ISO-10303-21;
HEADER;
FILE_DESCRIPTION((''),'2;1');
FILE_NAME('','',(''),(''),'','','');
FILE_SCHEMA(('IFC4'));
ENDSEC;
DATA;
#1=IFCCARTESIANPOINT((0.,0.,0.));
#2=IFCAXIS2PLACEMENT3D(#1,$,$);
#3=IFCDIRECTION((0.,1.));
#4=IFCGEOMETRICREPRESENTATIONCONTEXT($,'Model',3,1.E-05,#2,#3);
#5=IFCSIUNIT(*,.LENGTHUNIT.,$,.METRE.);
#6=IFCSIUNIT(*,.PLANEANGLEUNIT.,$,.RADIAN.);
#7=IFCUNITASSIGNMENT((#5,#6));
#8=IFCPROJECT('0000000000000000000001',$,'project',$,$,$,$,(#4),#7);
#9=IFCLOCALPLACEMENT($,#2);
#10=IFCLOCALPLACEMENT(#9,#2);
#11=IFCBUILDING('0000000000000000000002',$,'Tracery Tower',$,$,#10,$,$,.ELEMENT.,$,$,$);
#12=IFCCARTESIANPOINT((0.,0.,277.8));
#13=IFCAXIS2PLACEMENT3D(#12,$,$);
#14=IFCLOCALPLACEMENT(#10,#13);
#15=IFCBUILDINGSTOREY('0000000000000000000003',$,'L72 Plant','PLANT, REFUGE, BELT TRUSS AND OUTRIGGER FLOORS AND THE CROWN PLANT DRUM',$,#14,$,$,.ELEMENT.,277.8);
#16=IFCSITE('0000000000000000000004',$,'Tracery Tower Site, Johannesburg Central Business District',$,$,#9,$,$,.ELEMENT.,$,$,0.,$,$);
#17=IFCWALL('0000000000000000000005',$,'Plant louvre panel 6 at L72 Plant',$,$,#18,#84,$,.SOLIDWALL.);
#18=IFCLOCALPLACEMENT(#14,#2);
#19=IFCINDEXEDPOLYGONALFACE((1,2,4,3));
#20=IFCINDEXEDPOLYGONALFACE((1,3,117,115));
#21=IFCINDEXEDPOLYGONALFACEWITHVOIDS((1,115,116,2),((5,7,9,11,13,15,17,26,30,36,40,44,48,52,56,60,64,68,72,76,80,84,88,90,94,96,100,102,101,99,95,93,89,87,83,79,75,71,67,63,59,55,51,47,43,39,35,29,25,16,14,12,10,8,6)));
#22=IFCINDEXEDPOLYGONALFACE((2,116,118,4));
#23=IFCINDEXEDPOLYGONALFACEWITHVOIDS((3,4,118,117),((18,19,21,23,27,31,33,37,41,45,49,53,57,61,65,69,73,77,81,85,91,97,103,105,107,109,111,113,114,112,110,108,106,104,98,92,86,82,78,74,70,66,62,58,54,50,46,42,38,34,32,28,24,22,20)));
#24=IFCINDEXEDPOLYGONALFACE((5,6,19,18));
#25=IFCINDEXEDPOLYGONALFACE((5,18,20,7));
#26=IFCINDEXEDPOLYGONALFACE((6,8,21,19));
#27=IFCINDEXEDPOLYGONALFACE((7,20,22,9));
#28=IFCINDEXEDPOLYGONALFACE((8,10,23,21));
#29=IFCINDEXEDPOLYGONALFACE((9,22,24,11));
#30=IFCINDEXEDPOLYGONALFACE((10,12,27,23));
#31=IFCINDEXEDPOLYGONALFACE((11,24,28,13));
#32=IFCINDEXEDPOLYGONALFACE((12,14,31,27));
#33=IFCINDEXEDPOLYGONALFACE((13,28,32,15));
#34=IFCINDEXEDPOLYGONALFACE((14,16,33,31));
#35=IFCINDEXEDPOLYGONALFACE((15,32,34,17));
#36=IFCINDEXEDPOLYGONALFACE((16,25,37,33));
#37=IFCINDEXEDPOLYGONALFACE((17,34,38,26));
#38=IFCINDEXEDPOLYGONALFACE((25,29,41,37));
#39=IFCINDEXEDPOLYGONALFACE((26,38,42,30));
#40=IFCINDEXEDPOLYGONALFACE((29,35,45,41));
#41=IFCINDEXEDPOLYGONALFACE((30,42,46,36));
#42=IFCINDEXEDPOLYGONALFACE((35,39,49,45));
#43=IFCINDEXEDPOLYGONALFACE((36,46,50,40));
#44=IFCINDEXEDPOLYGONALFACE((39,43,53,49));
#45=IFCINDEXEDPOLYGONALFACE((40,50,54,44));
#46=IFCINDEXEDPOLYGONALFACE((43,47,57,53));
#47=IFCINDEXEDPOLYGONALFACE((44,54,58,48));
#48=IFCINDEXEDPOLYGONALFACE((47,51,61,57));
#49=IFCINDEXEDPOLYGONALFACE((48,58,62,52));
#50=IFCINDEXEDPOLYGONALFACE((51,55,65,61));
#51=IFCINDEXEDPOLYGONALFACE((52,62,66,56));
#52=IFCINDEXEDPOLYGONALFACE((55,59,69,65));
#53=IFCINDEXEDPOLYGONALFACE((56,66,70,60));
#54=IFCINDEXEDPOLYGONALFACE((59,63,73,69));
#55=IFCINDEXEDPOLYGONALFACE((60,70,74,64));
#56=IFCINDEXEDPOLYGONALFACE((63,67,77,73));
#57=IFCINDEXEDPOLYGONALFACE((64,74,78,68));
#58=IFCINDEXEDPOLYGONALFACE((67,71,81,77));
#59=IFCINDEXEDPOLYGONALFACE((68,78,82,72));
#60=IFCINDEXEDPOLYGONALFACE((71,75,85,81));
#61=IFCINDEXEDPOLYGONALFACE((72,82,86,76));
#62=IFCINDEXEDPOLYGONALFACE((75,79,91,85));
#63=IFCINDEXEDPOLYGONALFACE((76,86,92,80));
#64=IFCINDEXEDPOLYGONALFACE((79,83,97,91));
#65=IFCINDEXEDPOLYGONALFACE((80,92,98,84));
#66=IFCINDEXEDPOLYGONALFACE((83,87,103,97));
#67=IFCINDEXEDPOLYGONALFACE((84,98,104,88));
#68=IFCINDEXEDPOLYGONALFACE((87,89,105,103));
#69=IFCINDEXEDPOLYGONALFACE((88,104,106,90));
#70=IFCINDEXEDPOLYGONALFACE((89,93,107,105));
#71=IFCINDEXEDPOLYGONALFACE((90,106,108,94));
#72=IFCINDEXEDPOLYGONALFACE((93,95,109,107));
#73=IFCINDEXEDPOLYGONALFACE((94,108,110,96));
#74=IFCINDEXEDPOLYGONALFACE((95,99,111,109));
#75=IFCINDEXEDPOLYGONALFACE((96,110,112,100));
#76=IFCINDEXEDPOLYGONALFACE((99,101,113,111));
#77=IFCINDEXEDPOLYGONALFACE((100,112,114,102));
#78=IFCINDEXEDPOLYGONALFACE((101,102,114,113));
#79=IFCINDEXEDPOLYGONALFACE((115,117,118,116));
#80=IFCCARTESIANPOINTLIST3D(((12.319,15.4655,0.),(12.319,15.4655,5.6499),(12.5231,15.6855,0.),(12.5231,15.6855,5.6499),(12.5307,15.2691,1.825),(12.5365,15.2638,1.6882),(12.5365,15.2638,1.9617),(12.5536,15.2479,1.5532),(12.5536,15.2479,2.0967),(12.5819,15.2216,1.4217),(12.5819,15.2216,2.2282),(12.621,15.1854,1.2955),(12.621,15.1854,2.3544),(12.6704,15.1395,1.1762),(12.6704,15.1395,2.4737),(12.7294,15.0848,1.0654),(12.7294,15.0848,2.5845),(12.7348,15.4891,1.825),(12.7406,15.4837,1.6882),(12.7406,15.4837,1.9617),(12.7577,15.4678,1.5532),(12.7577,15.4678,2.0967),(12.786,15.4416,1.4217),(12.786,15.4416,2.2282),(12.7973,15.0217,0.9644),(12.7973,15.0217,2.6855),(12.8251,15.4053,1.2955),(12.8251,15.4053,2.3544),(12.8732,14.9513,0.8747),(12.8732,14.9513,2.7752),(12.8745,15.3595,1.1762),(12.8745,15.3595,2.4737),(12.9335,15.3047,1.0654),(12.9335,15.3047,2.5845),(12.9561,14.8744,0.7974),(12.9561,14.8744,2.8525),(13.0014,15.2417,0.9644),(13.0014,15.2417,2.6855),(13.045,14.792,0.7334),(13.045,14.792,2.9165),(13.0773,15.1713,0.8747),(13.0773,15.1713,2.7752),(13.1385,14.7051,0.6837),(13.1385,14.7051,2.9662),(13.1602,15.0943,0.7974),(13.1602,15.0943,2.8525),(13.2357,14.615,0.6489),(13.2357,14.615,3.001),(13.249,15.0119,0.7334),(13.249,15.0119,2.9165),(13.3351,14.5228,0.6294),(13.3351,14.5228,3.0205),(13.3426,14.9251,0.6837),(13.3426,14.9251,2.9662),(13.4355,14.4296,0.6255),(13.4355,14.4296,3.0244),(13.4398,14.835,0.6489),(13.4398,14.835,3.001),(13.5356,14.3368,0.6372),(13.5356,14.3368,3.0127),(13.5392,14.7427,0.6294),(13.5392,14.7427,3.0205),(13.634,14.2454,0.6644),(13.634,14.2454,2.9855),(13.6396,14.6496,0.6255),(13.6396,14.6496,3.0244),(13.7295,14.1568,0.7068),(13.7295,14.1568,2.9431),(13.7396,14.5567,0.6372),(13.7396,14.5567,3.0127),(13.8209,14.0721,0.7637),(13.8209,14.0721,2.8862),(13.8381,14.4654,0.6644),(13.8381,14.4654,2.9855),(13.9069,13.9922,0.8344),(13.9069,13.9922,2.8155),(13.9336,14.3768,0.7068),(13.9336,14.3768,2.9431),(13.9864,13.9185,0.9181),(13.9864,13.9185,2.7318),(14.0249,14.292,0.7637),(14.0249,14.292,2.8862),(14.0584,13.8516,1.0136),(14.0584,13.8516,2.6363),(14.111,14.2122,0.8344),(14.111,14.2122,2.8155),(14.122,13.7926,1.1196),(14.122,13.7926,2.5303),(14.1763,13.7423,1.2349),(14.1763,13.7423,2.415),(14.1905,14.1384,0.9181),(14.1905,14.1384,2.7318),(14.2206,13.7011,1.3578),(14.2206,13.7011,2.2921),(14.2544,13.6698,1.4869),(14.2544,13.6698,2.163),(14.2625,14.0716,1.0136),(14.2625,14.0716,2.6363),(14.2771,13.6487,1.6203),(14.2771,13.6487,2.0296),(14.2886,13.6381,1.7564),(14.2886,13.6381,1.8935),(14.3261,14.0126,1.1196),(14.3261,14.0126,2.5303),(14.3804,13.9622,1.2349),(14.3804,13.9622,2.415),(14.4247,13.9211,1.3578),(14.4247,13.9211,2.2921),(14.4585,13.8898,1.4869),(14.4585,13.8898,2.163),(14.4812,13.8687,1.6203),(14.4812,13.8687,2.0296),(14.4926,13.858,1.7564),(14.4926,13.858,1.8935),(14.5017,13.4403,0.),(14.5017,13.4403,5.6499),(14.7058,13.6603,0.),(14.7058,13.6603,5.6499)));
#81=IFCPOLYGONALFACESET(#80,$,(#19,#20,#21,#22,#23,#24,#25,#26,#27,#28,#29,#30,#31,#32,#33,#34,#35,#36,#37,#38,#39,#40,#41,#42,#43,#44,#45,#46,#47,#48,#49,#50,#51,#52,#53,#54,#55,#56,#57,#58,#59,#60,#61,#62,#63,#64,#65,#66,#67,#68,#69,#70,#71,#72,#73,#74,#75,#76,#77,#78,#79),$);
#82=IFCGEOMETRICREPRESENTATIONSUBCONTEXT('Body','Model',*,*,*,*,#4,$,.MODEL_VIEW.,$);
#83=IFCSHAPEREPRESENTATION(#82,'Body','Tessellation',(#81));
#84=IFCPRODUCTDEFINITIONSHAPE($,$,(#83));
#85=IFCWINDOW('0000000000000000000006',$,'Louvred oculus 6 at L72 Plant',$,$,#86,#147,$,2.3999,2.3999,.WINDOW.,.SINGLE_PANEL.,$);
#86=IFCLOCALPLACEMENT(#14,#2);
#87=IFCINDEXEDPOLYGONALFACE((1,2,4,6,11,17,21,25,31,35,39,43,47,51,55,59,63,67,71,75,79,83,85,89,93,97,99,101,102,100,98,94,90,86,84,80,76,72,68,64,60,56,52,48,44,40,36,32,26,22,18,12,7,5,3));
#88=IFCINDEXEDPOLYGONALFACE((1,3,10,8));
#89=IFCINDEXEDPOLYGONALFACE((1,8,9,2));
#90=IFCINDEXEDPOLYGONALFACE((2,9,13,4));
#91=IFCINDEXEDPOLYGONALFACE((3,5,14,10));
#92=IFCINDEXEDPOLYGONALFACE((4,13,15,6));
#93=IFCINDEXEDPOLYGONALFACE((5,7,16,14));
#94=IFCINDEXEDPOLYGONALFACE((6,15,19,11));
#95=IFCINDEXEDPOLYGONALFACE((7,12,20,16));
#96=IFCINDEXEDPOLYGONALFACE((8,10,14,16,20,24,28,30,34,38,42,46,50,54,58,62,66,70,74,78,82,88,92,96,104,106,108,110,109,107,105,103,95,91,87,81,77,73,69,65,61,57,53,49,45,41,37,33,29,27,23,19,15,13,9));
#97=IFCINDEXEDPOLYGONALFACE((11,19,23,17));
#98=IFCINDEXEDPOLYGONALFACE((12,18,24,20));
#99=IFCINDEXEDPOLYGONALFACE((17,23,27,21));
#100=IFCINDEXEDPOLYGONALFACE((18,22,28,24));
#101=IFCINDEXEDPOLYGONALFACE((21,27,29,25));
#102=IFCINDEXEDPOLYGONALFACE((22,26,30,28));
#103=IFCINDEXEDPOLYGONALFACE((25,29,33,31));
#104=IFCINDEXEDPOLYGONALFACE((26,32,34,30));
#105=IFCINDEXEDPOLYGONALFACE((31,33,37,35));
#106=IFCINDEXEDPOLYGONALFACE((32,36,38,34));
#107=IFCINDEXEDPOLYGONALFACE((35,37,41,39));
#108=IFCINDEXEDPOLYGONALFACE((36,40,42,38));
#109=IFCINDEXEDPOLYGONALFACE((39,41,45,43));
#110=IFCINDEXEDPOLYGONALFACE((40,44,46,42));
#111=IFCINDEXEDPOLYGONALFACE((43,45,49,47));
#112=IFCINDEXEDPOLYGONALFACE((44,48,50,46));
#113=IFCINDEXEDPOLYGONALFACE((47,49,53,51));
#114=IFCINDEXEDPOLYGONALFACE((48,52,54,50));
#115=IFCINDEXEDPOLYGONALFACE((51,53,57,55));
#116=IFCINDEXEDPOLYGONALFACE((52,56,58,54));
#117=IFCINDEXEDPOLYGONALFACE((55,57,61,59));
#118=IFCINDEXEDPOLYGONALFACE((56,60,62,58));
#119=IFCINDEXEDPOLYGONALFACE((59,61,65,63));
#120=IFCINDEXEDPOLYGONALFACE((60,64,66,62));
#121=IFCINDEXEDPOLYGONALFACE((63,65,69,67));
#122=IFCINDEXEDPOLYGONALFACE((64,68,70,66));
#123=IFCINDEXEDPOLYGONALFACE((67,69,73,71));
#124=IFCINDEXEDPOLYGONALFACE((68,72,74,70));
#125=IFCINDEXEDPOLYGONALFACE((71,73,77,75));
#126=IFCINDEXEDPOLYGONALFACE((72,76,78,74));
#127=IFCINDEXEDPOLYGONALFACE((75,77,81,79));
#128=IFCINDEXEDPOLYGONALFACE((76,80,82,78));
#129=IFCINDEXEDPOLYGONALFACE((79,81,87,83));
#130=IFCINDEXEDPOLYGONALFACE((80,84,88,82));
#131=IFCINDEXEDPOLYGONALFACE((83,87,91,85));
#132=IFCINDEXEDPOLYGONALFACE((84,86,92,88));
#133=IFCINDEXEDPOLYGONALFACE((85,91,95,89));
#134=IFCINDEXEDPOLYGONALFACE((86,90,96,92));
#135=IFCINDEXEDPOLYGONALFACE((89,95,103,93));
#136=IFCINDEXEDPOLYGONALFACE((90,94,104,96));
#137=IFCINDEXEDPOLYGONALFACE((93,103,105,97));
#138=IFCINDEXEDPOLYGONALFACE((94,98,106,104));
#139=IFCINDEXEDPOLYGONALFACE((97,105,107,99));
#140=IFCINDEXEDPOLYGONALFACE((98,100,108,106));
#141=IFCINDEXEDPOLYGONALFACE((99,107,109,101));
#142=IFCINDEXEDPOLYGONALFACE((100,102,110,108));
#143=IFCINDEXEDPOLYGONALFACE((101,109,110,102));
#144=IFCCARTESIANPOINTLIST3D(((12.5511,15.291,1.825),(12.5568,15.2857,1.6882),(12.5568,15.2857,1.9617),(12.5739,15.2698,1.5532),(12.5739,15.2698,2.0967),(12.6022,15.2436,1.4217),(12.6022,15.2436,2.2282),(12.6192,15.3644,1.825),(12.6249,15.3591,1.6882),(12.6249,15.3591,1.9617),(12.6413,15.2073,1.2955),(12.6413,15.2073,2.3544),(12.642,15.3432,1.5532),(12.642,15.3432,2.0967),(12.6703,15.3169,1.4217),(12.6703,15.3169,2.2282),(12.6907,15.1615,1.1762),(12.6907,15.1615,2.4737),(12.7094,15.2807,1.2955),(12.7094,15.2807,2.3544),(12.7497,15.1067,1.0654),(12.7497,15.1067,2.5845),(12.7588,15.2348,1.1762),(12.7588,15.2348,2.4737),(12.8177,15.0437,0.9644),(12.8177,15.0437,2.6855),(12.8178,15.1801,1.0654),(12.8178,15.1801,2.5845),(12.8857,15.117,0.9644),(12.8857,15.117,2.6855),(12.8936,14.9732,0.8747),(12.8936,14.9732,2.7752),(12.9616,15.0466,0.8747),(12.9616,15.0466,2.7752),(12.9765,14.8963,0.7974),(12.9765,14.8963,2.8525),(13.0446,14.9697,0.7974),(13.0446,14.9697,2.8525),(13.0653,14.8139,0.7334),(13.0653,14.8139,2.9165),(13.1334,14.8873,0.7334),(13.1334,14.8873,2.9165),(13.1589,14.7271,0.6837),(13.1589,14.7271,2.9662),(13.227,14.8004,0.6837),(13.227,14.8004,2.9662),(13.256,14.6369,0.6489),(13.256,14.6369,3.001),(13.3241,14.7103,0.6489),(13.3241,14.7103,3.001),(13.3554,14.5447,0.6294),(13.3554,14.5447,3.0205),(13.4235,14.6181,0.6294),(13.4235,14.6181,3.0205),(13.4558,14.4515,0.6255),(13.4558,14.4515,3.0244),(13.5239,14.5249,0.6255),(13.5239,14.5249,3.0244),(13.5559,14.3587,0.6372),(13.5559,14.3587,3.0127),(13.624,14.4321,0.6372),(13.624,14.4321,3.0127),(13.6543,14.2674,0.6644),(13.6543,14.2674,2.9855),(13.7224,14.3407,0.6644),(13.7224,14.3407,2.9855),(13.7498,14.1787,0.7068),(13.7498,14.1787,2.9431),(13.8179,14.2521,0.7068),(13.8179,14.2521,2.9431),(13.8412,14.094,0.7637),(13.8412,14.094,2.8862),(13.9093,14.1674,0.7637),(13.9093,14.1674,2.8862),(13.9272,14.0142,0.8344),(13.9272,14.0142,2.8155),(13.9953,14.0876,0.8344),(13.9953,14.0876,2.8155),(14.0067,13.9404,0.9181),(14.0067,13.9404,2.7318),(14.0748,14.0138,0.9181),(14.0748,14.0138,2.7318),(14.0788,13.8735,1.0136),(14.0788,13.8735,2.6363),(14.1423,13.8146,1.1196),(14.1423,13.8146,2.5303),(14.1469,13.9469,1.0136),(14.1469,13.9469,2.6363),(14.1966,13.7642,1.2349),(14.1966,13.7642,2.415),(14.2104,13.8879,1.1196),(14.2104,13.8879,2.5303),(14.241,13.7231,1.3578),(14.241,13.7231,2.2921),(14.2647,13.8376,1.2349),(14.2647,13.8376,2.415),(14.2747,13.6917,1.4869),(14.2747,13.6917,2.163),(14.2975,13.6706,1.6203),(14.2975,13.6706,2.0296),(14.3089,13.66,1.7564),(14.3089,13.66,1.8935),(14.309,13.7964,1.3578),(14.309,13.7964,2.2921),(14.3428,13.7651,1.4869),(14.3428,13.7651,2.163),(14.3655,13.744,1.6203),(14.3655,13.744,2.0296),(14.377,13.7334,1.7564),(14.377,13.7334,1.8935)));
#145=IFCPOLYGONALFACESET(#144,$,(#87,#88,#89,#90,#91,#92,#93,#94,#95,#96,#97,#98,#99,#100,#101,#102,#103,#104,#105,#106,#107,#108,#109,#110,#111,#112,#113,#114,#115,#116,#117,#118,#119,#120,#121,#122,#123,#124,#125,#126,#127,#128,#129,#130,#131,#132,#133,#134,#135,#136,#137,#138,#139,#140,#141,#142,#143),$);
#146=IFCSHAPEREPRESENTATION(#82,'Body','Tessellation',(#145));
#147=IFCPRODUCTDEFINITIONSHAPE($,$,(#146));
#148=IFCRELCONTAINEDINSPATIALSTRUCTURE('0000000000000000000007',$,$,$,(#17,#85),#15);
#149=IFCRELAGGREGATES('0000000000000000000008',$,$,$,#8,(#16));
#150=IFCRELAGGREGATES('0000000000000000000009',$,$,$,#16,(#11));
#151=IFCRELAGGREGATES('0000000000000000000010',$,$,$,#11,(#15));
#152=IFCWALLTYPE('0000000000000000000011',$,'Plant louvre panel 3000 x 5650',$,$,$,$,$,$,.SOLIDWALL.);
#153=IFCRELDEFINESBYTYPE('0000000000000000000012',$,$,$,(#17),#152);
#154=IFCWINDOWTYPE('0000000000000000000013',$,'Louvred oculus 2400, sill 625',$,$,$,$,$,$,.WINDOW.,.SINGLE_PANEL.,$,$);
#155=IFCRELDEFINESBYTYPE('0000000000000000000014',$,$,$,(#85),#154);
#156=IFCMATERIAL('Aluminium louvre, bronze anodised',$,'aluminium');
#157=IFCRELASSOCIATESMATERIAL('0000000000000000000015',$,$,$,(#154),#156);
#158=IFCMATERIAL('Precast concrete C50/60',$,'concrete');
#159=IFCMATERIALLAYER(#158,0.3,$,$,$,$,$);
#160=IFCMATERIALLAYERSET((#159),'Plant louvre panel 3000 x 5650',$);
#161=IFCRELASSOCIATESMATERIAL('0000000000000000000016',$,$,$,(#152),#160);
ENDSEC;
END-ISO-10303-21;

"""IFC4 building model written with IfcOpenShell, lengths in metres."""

from ifc_helpers import new_model, si_unit, direction, frame, frame_2d, origin, origin_2d, place, context, subcontext, project, spatial, rectangle, circle, extrude, material, layer, layer_set, type_object, element, fill, save


model = new_model("IFC4")

# Units and contexts
model_context = context("Model", 3, precision=1e-05, world=origin(), true_north=direction((0.0, 1.0)))
body_context = subcontext(model_context, "Body", "Model", "MODEL_VIEW")
ifc_project = project(units=[si_unit("LENGTHUNIT", "METRE"), si_unit("PLANEANGLEUNIT", "RADIAN")], contexts=[model_context])

# Site, building, storey
site_placement = place(None, origin())
site = spatial("IfcSite", under=ifc_project, at=site_placement, Name="Tracery Tower Site, Johannesburg Central Business District", CompositionType="ELEMENT", RefElevation=0.0)
building_placement = place(site_placement, origin())
building = spatial("IfcBuilding", under=site, at=building_placement, Name="Tracery Tower", CompositionType="ELEMENT")
storey_placement = place(building_placement, frame((0.0, 0.0, 277.8)))
storey = spatial("IfcBuildingStorey", under=building, at=storey_placement, Name="L72 Plant", Description="PLANT, REFUGE, BELT TRUSS AND OUTRIGGER FLOORS AND THE CROWN PLANT DRUM", CompositionType="ELEMENT", Elevation=277.8)

# Wall, opening, window
ifc_material_1 = material(Name="Aluminium louvre, bronze anodised", Category="aluminium")
window_type = type_object("IfcWindowType", Name="Louvred oculus 2400, sill 625", PartitioningType="SINGLE_PANEL", PredefinedType="WINDOW", material=ifc_material_1)
ifc_material_2 = material(Name="Precast concrete C50/60", Category="concrete")
ifc_layer_1 = layer(ifc_material_2, 0.3)
ifc_layer_set_1 = layer_set([ifc_layer_1], Name="Plant louvre panel 3000 x 5650")
wall_type_1 = type_object("IfcWallType", Name="Plant louvre panel 3000 x 5650", PredefinedType="SOLIDWALL", material=ifc_layer_set_1)
wall_1_placement = place(storey_placement, frame((14.6038, 13.5503, 0.0), z_axis=(0.0, 0.0, 1.0), x_axis=(-0.733056, 0.680168, 0.0)))
wall_1 = element("IfcWall", 1, at=wall_1_placement, inside=storey, type_object=wall_type_1, Name="Plant louvre panel 6 at L72 Plant", PredefinedType="SOLIDWALL", context=body_context, shape_type="SweptSolid", body=[
    extrude(rectangle(XDim=2.9775, YDim=0.3, at=frame_2d((1.4888, 0.0))), origin(), (0.0, 0.0, 1.0), 5.6499),
])
opening_1_placement = place(wall_1_placement, frame((1.4888, 0.0, 1.825)))
opening_1 = element("IfcOpeningElement", 2, at=opening_1_placement, cuts=wall_1, PredefinedType="OPENING", context=body_context, shape_type="SweptSolid", body=[
    extrude(circle(Radius=1.2, at=origin_2d()), frame((0.0, 0.1599, 0.0), z_axis=(0.0, -1.0, 0.0), x_axis=(1.0, 0.0, 0.0)), (0.0, 0.0, 1.0), 0.3201),
])
window_1_placement = place(opening_1_placement, origin())
window_1 = element("IfcWindow", 3, at=window_1_placement, inside=storey, type_object=window_type, Name="Louvred oculus 6 at L72 Plant", OverallHeight=2.3999, OverallWidth=2.3999, PartitioningType="SINGLE_PANEL", PredefinedType="WINDOW", context=body_context, shape_type="SweptSolid", body=[
    extrude(circle(Radius=1.2, at=origin_2d()), frame((0.0, 0.1201, 0.0), z_axis=(0.0, -1.0, 0.0), x_axis=(1.0, 0.0, 0.0)), (0.0, 0.0, 1.0), 0.1001),
])
fill(opening_1, window_1)

save(model, "model.ifc")
